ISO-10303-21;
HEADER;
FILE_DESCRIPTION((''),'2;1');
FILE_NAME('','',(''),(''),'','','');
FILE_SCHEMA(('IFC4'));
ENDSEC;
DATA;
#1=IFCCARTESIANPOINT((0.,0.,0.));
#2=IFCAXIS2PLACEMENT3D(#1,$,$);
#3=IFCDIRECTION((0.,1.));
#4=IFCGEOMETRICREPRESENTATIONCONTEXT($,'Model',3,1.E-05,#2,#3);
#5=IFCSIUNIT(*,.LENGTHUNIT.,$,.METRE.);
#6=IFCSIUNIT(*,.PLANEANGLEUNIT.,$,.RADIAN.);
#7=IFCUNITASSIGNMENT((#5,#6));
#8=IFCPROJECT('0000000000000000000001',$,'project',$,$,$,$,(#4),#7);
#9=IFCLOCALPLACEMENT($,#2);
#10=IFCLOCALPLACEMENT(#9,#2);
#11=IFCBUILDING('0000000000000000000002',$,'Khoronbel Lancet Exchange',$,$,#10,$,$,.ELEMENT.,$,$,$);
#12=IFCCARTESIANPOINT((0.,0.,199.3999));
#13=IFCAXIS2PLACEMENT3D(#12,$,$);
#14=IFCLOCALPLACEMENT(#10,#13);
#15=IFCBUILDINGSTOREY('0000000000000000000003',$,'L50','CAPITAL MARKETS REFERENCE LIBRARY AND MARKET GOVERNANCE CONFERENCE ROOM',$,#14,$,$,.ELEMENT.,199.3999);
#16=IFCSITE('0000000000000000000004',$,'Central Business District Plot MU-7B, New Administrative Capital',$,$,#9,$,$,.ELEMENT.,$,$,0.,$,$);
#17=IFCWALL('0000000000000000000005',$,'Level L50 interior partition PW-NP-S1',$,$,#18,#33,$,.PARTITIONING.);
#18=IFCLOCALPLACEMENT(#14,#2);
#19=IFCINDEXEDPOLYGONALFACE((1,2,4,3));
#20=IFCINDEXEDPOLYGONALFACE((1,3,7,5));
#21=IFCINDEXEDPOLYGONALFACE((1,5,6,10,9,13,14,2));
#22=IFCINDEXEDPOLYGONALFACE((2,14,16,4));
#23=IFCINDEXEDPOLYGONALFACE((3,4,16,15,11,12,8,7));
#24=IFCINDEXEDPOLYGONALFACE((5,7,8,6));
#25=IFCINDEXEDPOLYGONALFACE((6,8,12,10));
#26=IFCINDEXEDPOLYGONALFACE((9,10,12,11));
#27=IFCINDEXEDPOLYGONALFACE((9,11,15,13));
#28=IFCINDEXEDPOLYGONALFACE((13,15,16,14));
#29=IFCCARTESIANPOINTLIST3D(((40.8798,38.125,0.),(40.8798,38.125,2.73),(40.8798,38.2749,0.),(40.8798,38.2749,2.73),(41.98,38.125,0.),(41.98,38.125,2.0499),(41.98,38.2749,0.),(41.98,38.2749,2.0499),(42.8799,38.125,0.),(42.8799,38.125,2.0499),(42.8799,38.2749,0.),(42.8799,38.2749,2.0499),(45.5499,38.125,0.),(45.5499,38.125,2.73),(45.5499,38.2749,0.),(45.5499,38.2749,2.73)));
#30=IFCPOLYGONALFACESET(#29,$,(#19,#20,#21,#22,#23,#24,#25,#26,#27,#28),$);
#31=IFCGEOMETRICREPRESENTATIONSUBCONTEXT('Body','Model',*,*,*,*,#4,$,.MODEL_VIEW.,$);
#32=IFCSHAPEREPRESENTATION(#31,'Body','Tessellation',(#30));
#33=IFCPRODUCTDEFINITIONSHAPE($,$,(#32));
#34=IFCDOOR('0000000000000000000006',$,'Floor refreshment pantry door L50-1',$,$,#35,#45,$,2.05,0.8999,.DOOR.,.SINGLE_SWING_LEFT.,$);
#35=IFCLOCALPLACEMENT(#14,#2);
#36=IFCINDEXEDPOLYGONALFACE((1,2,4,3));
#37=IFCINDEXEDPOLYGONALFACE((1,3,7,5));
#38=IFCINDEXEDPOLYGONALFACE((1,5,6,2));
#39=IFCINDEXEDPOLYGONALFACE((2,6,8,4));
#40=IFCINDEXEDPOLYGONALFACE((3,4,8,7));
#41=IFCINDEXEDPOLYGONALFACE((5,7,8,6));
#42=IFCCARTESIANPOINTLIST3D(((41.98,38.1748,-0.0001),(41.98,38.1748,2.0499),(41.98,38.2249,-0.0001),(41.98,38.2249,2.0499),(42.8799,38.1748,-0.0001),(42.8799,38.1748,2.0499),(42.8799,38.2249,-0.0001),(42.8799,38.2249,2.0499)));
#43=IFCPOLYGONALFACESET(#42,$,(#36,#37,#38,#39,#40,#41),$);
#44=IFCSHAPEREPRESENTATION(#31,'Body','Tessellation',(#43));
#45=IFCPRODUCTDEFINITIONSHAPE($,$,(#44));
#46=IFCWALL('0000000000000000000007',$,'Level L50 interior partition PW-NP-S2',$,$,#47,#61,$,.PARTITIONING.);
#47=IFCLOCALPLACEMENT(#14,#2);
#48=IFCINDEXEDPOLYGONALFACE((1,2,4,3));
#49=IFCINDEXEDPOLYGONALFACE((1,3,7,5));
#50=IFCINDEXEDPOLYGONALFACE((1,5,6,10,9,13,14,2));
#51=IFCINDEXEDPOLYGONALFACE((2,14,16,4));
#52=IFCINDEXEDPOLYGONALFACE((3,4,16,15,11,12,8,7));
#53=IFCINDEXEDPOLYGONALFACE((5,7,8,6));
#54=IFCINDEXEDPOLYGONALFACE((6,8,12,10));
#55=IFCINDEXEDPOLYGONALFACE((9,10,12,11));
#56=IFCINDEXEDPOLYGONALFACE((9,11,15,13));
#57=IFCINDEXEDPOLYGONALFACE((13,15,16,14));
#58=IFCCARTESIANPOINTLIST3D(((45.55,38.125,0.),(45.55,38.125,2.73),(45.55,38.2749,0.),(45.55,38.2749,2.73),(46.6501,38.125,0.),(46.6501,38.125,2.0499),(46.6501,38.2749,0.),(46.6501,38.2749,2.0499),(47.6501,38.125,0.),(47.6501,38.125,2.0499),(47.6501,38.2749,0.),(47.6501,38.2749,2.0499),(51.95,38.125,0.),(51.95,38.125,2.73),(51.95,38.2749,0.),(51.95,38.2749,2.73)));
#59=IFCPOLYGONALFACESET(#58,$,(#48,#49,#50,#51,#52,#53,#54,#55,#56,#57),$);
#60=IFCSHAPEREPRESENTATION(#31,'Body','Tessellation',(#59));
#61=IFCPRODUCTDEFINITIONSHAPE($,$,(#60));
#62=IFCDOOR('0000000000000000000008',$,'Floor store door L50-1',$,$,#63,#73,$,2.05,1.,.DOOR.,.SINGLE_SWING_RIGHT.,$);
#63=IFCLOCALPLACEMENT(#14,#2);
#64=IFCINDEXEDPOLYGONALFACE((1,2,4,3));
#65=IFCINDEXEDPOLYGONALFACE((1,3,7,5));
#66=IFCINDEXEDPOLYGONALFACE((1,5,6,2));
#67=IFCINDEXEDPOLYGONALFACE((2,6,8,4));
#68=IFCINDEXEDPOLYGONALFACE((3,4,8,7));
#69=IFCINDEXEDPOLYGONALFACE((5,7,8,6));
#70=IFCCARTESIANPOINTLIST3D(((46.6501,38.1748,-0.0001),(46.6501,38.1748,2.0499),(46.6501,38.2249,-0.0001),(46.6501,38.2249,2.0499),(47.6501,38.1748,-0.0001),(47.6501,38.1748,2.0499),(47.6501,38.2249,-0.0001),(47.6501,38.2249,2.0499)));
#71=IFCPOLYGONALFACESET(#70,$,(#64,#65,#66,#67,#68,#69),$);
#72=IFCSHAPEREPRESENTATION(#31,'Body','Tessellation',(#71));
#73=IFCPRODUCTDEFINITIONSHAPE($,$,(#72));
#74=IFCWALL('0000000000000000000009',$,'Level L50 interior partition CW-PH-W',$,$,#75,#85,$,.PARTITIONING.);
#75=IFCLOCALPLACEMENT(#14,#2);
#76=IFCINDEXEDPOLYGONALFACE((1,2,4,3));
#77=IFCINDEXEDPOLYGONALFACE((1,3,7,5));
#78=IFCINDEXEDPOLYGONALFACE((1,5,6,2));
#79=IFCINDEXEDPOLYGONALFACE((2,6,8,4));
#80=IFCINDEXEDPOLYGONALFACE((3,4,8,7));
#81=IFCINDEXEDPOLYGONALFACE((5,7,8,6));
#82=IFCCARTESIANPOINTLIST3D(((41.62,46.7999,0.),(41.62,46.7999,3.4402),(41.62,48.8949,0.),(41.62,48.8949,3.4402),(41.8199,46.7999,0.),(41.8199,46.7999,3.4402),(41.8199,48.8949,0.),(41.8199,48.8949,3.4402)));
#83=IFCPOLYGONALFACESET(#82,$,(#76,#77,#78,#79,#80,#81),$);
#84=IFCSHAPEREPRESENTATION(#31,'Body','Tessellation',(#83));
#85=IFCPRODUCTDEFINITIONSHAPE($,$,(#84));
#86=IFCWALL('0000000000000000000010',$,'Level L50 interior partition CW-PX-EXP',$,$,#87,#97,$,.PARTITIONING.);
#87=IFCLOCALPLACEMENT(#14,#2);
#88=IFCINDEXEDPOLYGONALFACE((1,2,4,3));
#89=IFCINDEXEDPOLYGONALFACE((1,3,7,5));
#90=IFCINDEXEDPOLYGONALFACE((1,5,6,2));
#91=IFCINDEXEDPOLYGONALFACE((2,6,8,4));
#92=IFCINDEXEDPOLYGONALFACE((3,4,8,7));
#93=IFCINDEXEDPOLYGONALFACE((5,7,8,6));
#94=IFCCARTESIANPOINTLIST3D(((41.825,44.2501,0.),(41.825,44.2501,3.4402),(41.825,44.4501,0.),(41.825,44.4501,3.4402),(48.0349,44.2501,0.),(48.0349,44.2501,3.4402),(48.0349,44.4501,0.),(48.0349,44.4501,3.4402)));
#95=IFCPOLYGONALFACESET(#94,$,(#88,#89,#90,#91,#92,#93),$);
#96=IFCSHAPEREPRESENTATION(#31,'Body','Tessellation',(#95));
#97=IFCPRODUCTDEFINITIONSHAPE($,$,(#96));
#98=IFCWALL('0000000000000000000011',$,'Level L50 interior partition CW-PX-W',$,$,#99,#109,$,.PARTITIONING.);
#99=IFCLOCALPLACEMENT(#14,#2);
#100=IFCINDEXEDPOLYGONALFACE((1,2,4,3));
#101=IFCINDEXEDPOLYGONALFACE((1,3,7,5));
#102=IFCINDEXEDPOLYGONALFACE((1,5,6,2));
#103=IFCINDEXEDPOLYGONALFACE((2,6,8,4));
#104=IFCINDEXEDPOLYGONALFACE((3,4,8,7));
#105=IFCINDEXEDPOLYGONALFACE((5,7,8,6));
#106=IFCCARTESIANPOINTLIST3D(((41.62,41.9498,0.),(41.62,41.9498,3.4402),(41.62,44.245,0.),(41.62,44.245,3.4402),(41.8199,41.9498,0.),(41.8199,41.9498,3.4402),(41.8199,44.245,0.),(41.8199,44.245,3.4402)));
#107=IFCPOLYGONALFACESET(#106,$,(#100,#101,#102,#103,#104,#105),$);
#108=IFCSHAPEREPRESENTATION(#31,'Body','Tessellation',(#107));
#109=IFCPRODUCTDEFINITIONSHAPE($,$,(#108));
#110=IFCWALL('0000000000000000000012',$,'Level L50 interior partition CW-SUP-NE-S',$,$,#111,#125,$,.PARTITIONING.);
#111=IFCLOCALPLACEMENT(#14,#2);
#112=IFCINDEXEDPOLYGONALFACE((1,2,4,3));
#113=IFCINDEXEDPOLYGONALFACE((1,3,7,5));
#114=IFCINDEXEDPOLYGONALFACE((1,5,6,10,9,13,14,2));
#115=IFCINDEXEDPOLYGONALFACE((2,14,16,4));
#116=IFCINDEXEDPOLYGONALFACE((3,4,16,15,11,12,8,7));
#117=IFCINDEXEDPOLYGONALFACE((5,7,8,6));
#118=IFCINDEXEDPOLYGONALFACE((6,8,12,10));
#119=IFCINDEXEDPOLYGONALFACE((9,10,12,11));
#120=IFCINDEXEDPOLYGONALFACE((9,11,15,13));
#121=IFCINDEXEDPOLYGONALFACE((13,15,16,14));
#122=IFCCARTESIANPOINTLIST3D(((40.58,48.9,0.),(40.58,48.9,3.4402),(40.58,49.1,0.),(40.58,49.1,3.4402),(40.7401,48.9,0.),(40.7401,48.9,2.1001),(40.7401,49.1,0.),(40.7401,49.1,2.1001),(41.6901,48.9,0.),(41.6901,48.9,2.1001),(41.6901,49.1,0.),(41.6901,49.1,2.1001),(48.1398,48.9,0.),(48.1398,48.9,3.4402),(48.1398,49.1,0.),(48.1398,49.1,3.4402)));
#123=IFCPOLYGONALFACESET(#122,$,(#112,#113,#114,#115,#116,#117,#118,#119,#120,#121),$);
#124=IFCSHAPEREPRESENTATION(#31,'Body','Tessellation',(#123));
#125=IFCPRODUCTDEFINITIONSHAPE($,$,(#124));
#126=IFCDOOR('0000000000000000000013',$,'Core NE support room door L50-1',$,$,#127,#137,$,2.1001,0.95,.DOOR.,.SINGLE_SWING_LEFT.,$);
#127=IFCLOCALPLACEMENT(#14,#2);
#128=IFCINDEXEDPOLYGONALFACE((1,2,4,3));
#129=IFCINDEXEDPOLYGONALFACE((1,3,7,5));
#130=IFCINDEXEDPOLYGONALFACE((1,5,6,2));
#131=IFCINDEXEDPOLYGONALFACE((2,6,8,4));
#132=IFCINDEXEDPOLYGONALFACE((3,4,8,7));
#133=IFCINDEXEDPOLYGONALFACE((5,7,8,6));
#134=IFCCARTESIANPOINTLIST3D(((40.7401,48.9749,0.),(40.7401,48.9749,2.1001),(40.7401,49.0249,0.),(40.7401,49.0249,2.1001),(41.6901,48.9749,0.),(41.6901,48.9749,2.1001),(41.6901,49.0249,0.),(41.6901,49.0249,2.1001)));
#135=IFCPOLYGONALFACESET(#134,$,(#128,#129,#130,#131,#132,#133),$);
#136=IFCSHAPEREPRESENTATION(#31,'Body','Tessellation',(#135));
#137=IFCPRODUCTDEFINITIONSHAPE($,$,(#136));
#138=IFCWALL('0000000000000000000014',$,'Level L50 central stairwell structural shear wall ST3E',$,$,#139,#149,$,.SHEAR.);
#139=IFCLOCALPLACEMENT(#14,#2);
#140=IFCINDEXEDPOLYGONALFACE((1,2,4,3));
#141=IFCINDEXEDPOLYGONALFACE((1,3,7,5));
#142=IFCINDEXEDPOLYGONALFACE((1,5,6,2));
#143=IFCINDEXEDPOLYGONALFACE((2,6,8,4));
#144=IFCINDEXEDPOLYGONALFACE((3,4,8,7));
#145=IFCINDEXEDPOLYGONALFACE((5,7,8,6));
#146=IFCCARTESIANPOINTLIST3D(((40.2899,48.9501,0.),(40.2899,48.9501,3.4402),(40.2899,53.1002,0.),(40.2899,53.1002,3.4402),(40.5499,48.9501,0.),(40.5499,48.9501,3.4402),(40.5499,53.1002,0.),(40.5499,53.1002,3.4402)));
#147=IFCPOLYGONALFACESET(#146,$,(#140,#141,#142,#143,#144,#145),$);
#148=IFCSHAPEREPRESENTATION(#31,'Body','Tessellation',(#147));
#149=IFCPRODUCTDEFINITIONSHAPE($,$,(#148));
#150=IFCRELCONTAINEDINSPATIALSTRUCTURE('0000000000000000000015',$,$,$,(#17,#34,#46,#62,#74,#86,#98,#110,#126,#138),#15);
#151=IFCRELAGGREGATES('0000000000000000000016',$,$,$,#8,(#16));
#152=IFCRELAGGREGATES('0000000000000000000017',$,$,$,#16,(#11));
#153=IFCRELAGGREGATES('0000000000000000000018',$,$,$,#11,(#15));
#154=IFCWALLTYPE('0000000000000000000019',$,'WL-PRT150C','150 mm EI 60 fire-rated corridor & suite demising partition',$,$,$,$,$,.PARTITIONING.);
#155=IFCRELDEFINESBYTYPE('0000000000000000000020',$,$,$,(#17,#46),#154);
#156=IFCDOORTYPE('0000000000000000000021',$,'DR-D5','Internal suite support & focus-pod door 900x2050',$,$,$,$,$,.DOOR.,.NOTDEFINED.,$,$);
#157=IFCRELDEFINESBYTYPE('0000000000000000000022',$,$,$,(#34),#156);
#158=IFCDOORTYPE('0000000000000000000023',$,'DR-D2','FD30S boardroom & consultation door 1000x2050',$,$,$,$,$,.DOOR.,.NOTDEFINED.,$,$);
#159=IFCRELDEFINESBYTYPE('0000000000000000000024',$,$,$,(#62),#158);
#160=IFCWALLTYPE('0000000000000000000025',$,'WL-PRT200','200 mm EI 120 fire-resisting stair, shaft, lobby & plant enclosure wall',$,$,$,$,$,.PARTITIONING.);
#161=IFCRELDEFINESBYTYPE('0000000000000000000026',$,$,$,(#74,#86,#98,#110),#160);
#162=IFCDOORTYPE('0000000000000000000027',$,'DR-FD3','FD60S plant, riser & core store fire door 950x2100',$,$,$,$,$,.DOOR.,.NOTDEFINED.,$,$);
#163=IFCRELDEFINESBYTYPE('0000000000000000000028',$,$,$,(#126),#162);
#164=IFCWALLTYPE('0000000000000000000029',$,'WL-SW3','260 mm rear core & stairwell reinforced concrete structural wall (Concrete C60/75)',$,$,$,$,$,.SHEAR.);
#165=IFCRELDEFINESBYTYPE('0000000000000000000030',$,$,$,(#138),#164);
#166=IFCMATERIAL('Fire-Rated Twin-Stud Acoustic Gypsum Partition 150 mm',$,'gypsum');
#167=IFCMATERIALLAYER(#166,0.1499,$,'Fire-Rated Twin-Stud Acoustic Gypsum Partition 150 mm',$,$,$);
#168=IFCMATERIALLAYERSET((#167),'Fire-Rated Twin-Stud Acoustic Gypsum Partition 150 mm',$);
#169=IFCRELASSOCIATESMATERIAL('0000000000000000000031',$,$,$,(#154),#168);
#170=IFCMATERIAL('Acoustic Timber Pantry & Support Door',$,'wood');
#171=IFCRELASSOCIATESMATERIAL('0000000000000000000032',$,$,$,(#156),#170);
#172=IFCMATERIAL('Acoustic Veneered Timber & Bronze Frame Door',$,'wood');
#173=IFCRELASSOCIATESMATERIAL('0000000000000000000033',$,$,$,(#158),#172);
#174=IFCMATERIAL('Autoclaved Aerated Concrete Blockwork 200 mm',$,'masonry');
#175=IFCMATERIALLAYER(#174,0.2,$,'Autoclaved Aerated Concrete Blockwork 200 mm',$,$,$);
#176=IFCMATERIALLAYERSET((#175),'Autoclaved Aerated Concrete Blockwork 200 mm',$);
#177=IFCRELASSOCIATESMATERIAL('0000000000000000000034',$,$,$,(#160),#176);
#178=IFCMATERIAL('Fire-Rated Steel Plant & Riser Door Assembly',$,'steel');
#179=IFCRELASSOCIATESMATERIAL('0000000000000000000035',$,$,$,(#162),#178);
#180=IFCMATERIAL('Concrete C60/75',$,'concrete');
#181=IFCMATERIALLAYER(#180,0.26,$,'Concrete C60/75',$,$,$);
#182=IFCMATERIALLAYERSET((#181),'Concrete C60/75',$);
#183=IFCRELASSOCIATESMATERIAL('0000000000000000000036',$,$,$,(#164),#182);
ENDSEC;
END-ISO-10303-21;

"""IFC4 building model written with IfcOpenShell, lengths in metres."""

from ifc_helpers import new_model, si_unit, direction, frame, frame_2d, origin, place, context, subcontext, project, spatial, rectangle, extrude, material, layer, layer_set, type_object, element, fill, save


model = new_model("IFC4")

# Units and contexts
model_context = context("Model", 3, precision=1e-05, world=origin(), true_north=direction((0.0, 1.0)))
body_context = subcontext(model_context, "Body", "Model", "MODEL_VIEW")
ifc_project = project(units=[si_unit("LENGTHUNIT", "METRE"), si_unit("PLANEANGLEUNIT", "RADIAN")], contexts=[model_context])

# Site, building, storey
site_placement = place(None, origin())
site = spatial("IfcSite", under=ifc_project, at=site_placement, Name="Central Business District Plot MU-7B, New Administrative Capital", CompositionType="ELEMENT", RefElevation=0.0)
building_placement = place(site_placement, origin())
building = spatial("IfcBuilding", under=site, at=building_placement, Name="Khoronbel Lancet Exchange", CompositionType="ELEMENT")
storey_placement = place(building_placement, frame((0.0, 0.0, 199.3999)))
storey = spatial("IfcBuildingStorey", under=building, at=storey_placement, Name="L50", Description="CAPITAL MARKETS REFERENCE LIBRARY AND MARKET GOVERNANCE CONFERENCE ROOM", CompositionType="ELEMENT", Elevation=199.3999)

# Shared definitions
ifc_material_1 = material(Name="Concrete C60/75", Category="concrete")

# Walls, openings, doors
ifc_material_2 = material(Name="Fire-Rated Twin-Stud Acoustic Gypsum Partition 150 mm", Category="gypsum")
ifc_layer_1 = layer(ifc_material_2, 0.1499, Name="Fire-Rated Twin-Stud Acoustic Gypsum Partition 150 mm")
ifc_layer_set_1 = layer_set([ifc_layer_1], Name="Fire-Rated Twin-Stud Acoustic Gypsum Partition 150 mm")
wall_type_1 = type_object("IfcWallType", Name="WL-PRT150C", Description="150 mm EI 60 fire-rated corridor & suite demising partition", PredefinedType="PARTITIONING", material=ifc_layer_set_1)
wall_1_placement = place(storey_placement, frame((40.8799, 38.2, 0.0), z_axis=(0.0, 0.0, 1.0), x_axis=(1.0, 0.0, 0.0)))
wall_1 = element("IfcWall", 1, at=wall_1_placement, inside=storey, type_object=wall_type_1, Name="Level L50 interior partition PW-NP-S1", PredefinedType="PARTITIONING", context=body_context, shape_type="SweptSolid", body=[
    extrude(rectangle(XDim=4.6702, YDim=0.1499, at=frame_2d((2.335, 0.0))), origin(), (0.0, 0.0, 1.0), 2.73),
])
opening_1_placement = place(wall_1_placement, frame((1.1001, 0.0, 0.0)))
opening_1 = element("IfcOpeningElement", 2, at=opening_1_placement, cuts=wall_1, PredefinedType="OPENING", context=body_context, shape_type="SweptSolid", body=[
    extrude(rectangle(XDim=0.8999, YDim=2.05, at=frame_2d((0.45, 1.0249))), frame((0.0, 0.085, 0.0), z_axis=(0.0, -1.0, 0.0), x_axis=(1.0, 0.0, 0.0)), (0.0, 0.0, 1.0), 0.1699),
])
ifc_material_3 = material(Name="Acoustic Timber Pantry & Support Door", Category="wood")
door_type_1 = type_object("IfcDoorType", Name="DR-D5", Description="Internal suite support & focus-pod door 900x2050", OperationType="NOTDEFINED", PredefinedType="DOOR", material=ifc_material_3)
door_1_placement = place(opening_1_placement, origin())
door_1 = element("IfcDoor", 3, at=door_1_placement, inside=storey, type_object=door_type_1, Name="Floor refreshment pantry door L50-1", OperationType="SINGLE_SWING_LEFT", OverallHeight=2.05, OverallWidth=0.8999, PredefinedType="DOOR", context=body_context, shape_type="SweptSolid", body=[
    extrude(rectangle(XDim=0.8999, YDim=2.05, at=frame_2d((0.45, 1.0249))), frame((0.0, 0.0249, 0.0), z_axis=(0.0, -1.0, 0.0), x_axis=(1.0, 0.0, 0.0)), (0.0, 0.0, 1.0), 0.05),
])
fill(opening_1, door_1)
wall_2_placement = place(storey_placement, frame((45.55, 38.2, 0.0), z_axis=(0.0, 0.0, 1.0), x_axis=(1.0, 0.0, 0.0)))
wall_2 = element("IfcWall", 4, at=wall_2_placement, inside=storey, type_object=wall_type_1, Name="Level L50 interior partition PW-NP-S2", PredefinedType="PARTITIONING", context=body_context, shape_type="SweptSolid", body=[
    extrude(rectangle(XDim=6.3999, YDim=0.1499, at=frame_2d((3.2, 0.0))), origin(), (0.0, 0.0, 1.0), 2.73),
])
opening_2_placement = place(wall_2_placement, frame((1.1001, 0.0, 0.0)))
opening_2 = element("IfcOpeningElement", 5, at=opening_2_placement, cuts=wall_2, PredefinedType="OPENING", context=body_context, shape_type="SweptSolid", body=[
    extrude(rectangle(XDim=1.0, YDim=2.05, at=frame_2d((0.5, 1.0249))), frame((0.0, 0.085, 0.0), z_axis=(0.0, -1.0, 0.0), x_axis=(1.0, 0.0, 0.0)), (0.0, 0.0, 1.0), 0.1699),
])
ifc_material_4 = material(Name="Acoustic Veneered Timber & Bronze Frame Door", Category="wood")
door_type_2 = type_object("IfcDoorType", Name="DR-D2", Description="FD30S boardroom & consultation door 1000x2050", OperationType="NOTDEFINED", PredefinedType="DOOR", material=ifc_material_4)
door_2_placement = place(opening_2_placement, origin())
door_2 = element("IfcDoor", 6, at=door_2_placement, inside=storey, type_object=door_type_2, Name="Floor store door L50-1", OperationType="SINGLE_SWING_RIGHT", OverallHeight=2.05, OverallWidth=1.0, PredefinedType="DOOR", context=body_context, shape_type="SweptSolid", body=[
    extrude(rectangle(XDim=1.0, YDim=2.05, at=frame_2d((0.5, 1.0249))), frame((0.0, 0.0249, 0.0), z_axis=(0.0, -1.0, 0.0), x_axis=(1.0, 0.0, 0.0)), (0.0, 0.0, 1.0), 0.05),
])
fill(opening_2, door_2)

# Walls
ifc_material_5 = material(Name="Autoclaved Aerated Concrete Blockwork 200 mm", Category="masonry")
ifc_layer_2 = layer(ifc_material_5, 0.2, Name="Autoclaved Aerated Concrete Blockwork 200 mm")
ifc_layer_set_2 = layer_set([ifc_layer_2], Name="Autoclaved Aerated Concrete Blockwork 200 mm")
wall_type_2 = type_object("IfcWallType", Name="WL-PRT200", Description="200 mm EI 120 fire-resisting stair, shaft, lobby & plant enclosure wall", PredefinedType="PARTITIONING", material=ifc_layer_set_2)
wall_3_placement = place(storey_placement, frame((41.72, 46.8, 0.0), z_axis=(0.0, 0.0, 1.0), x_axis=(0.0, 1.0, 0.0)))
element("IfcWall", 7, at=wall_3_placement, inside=storey, type_object=wall_type_2, Name="Level L50 interior partition CW-PH-W", PredefinedType="PARTITIONING", context=body_context, shape_type="SweptSolid", body=[
    extrude(rectangle(XDim=2.095, YDim=0.2, at=frame_2d((1.0474, 0.0))), origin(), (0.0, 0.0, 1.0), 3.4402),
])
wall_4_placement = place(storey_placement, frame((41.825, 44.3501, 0.0), z_axis=(0.0, 0.0, 1.0), x_axis=(1.0, 0.0, 0.0)))
element("IfcWall", 8, at=wall_4_placement, inside=storey, type_object=wall_type_2, Name="Level L50 interior partition CW-PX-EXP", PredefinedType="PARTITIONING", context=body_context, shape_type="SweptSolid", body=[
    extrude(rectangle(XDim=6.21, YDim=0.2, at=frame_2d((3.105, 0.0))), origin(), (0.0, 0.0, 1.0), 3.4402),
])
wall_5_placement = place(storey_placement, frame((41.72, 41.95, 0.0), z_axis=(0.0, 0.0, 1.0), x_axis=(0.0, 1.0, 0.0)))
element("IfcWall", 9, at=wall_5_placement, inside=storey, type_object=wall_type_2, Name="Level L50 interior partition CW-PX-W", PredefinedType="PARTITIONING", context=body_context, shape_type="SweptSolid", body=[
    extrude(rectangle(XDim=2.2952, YDim=0.2, at=frame_2d((1.1475, 0.0))), origin(), (0.0, 0.0, 1.0), 3.4402),
])

# Wall, opening, door
wall_6_placement = place(storey_placement, frame((40.5801, 49.0, 0.0), z_axis=(0.0, 0.0, 1.0), x_axis=(1.0, 0.0, 0.0)))
wall_6 = element("IfcWall", 10, at=wall_6_placement, inside=storey, type_object=wall_type_2, Name="Level L50 interior partition CW-SUP-NE-S", PredefinedType="PARTITIONING", context=body_context, shape_type="SweptSolid", body=[
    extrude(rectangle(XDim=7.5598, YDim=0.2, at=frame_2d((3.7798, 0.0))), origin(), (0.0, 0.0, 1.0), 3.4402),
])
opening_3_placement = place(wall_6_placement, frame((0.1599, 0.0, 0.0)))
opening_3 = element("IfcOpeningElement", 11, at=opening_3_placement, cuts=wall_6, PredefinedType="OPENING", context=body_context, shape_type="SweptSolid", body=[
    extrude(rectangle(XDim=0.95, YDim=2.1001, at=frame_2d((0.4751, 1.05))), frame((0.0, 0.1099, 0.0), z_axis=(0.0, -1.0, 0.0), x_axis=(1.0, 0.0, 0.0)), (0.0, 0.0, 1.0), 0.22),
])
ifc_material_6 = material(Name="Fire-Rated Steel Plant & Riser Door Assembly", Category="steel")
door_type_3 = type_object("IfcDoorType", Name="DR-FD3", Description="FD60S plant, riser & core store fire door 950x2100", OperationType="NOTDEFINED", PredefinedType="DOOR", material=ifc_material_6)
door_3_placement = place(opening_3_placement, origin())
door_3 = element("IfcDoor", 12, at=door_3_placement, inside=storey, type_object=door_type_3, Name="Core NE support room door L50-1", OperationType="SINGLE_SWING_LEFT", OverallHeight=2.1001, OverallWidth=0.95, PredefinedType="DOOR", context=body_context, shape_type="SweptSolid", body=[
    extrude(rectangle(XDim=0.95, YDim=2.1001, at=frame_2d((0.4751, 1.05))), frame((0.0, 0.0249, 0.0), z_axis=(0.0, -1.0, 0.0), x_axis=(1.0, 0.0, 0.0)), (0.0, 0.0, 1.0), 0.05),
])
fill(opening_3, door_3)

# Wall
ifc_layer_3 = layer(ifc_material_1, 0.26, Name="Concrete C60/75")
ifc_layer_set_3 = layer_set([ifc_layer_3], Name="Concrete C60/75")
wall_type_3 = type_object("IfcWallType", Name="WL-SW3", Description="260 mm rear core & stairwell reinforced concrete structural wall (Concrete C60/75)", PredefinedType="SHEAR", material=ifc_layer_set_3)
wall_7_placement = place(storey_placement, frame((40.4199, 48.95, 0.0), z_axis=(0.0, 0.0, 1.0), x_axis=(0.0, 1.0, 0.0)))
element("IfcWall", 13, at=wall_7_placement, inside=storey, type_object=wall_type_3, Name="Level L50 central stairwell structural shear wall ST3E", PredefinedType="SHEAR", context=body_context, shape_type="SweptSolid", body=[
    extrude(rectangle(XDim=4.1501, YDim=0.26, at=frame_2d((2.0752, 0.0))), origin(), (0.0, 0.0, 1.0), 3.4402),
])

save(model, "model.ifc")
